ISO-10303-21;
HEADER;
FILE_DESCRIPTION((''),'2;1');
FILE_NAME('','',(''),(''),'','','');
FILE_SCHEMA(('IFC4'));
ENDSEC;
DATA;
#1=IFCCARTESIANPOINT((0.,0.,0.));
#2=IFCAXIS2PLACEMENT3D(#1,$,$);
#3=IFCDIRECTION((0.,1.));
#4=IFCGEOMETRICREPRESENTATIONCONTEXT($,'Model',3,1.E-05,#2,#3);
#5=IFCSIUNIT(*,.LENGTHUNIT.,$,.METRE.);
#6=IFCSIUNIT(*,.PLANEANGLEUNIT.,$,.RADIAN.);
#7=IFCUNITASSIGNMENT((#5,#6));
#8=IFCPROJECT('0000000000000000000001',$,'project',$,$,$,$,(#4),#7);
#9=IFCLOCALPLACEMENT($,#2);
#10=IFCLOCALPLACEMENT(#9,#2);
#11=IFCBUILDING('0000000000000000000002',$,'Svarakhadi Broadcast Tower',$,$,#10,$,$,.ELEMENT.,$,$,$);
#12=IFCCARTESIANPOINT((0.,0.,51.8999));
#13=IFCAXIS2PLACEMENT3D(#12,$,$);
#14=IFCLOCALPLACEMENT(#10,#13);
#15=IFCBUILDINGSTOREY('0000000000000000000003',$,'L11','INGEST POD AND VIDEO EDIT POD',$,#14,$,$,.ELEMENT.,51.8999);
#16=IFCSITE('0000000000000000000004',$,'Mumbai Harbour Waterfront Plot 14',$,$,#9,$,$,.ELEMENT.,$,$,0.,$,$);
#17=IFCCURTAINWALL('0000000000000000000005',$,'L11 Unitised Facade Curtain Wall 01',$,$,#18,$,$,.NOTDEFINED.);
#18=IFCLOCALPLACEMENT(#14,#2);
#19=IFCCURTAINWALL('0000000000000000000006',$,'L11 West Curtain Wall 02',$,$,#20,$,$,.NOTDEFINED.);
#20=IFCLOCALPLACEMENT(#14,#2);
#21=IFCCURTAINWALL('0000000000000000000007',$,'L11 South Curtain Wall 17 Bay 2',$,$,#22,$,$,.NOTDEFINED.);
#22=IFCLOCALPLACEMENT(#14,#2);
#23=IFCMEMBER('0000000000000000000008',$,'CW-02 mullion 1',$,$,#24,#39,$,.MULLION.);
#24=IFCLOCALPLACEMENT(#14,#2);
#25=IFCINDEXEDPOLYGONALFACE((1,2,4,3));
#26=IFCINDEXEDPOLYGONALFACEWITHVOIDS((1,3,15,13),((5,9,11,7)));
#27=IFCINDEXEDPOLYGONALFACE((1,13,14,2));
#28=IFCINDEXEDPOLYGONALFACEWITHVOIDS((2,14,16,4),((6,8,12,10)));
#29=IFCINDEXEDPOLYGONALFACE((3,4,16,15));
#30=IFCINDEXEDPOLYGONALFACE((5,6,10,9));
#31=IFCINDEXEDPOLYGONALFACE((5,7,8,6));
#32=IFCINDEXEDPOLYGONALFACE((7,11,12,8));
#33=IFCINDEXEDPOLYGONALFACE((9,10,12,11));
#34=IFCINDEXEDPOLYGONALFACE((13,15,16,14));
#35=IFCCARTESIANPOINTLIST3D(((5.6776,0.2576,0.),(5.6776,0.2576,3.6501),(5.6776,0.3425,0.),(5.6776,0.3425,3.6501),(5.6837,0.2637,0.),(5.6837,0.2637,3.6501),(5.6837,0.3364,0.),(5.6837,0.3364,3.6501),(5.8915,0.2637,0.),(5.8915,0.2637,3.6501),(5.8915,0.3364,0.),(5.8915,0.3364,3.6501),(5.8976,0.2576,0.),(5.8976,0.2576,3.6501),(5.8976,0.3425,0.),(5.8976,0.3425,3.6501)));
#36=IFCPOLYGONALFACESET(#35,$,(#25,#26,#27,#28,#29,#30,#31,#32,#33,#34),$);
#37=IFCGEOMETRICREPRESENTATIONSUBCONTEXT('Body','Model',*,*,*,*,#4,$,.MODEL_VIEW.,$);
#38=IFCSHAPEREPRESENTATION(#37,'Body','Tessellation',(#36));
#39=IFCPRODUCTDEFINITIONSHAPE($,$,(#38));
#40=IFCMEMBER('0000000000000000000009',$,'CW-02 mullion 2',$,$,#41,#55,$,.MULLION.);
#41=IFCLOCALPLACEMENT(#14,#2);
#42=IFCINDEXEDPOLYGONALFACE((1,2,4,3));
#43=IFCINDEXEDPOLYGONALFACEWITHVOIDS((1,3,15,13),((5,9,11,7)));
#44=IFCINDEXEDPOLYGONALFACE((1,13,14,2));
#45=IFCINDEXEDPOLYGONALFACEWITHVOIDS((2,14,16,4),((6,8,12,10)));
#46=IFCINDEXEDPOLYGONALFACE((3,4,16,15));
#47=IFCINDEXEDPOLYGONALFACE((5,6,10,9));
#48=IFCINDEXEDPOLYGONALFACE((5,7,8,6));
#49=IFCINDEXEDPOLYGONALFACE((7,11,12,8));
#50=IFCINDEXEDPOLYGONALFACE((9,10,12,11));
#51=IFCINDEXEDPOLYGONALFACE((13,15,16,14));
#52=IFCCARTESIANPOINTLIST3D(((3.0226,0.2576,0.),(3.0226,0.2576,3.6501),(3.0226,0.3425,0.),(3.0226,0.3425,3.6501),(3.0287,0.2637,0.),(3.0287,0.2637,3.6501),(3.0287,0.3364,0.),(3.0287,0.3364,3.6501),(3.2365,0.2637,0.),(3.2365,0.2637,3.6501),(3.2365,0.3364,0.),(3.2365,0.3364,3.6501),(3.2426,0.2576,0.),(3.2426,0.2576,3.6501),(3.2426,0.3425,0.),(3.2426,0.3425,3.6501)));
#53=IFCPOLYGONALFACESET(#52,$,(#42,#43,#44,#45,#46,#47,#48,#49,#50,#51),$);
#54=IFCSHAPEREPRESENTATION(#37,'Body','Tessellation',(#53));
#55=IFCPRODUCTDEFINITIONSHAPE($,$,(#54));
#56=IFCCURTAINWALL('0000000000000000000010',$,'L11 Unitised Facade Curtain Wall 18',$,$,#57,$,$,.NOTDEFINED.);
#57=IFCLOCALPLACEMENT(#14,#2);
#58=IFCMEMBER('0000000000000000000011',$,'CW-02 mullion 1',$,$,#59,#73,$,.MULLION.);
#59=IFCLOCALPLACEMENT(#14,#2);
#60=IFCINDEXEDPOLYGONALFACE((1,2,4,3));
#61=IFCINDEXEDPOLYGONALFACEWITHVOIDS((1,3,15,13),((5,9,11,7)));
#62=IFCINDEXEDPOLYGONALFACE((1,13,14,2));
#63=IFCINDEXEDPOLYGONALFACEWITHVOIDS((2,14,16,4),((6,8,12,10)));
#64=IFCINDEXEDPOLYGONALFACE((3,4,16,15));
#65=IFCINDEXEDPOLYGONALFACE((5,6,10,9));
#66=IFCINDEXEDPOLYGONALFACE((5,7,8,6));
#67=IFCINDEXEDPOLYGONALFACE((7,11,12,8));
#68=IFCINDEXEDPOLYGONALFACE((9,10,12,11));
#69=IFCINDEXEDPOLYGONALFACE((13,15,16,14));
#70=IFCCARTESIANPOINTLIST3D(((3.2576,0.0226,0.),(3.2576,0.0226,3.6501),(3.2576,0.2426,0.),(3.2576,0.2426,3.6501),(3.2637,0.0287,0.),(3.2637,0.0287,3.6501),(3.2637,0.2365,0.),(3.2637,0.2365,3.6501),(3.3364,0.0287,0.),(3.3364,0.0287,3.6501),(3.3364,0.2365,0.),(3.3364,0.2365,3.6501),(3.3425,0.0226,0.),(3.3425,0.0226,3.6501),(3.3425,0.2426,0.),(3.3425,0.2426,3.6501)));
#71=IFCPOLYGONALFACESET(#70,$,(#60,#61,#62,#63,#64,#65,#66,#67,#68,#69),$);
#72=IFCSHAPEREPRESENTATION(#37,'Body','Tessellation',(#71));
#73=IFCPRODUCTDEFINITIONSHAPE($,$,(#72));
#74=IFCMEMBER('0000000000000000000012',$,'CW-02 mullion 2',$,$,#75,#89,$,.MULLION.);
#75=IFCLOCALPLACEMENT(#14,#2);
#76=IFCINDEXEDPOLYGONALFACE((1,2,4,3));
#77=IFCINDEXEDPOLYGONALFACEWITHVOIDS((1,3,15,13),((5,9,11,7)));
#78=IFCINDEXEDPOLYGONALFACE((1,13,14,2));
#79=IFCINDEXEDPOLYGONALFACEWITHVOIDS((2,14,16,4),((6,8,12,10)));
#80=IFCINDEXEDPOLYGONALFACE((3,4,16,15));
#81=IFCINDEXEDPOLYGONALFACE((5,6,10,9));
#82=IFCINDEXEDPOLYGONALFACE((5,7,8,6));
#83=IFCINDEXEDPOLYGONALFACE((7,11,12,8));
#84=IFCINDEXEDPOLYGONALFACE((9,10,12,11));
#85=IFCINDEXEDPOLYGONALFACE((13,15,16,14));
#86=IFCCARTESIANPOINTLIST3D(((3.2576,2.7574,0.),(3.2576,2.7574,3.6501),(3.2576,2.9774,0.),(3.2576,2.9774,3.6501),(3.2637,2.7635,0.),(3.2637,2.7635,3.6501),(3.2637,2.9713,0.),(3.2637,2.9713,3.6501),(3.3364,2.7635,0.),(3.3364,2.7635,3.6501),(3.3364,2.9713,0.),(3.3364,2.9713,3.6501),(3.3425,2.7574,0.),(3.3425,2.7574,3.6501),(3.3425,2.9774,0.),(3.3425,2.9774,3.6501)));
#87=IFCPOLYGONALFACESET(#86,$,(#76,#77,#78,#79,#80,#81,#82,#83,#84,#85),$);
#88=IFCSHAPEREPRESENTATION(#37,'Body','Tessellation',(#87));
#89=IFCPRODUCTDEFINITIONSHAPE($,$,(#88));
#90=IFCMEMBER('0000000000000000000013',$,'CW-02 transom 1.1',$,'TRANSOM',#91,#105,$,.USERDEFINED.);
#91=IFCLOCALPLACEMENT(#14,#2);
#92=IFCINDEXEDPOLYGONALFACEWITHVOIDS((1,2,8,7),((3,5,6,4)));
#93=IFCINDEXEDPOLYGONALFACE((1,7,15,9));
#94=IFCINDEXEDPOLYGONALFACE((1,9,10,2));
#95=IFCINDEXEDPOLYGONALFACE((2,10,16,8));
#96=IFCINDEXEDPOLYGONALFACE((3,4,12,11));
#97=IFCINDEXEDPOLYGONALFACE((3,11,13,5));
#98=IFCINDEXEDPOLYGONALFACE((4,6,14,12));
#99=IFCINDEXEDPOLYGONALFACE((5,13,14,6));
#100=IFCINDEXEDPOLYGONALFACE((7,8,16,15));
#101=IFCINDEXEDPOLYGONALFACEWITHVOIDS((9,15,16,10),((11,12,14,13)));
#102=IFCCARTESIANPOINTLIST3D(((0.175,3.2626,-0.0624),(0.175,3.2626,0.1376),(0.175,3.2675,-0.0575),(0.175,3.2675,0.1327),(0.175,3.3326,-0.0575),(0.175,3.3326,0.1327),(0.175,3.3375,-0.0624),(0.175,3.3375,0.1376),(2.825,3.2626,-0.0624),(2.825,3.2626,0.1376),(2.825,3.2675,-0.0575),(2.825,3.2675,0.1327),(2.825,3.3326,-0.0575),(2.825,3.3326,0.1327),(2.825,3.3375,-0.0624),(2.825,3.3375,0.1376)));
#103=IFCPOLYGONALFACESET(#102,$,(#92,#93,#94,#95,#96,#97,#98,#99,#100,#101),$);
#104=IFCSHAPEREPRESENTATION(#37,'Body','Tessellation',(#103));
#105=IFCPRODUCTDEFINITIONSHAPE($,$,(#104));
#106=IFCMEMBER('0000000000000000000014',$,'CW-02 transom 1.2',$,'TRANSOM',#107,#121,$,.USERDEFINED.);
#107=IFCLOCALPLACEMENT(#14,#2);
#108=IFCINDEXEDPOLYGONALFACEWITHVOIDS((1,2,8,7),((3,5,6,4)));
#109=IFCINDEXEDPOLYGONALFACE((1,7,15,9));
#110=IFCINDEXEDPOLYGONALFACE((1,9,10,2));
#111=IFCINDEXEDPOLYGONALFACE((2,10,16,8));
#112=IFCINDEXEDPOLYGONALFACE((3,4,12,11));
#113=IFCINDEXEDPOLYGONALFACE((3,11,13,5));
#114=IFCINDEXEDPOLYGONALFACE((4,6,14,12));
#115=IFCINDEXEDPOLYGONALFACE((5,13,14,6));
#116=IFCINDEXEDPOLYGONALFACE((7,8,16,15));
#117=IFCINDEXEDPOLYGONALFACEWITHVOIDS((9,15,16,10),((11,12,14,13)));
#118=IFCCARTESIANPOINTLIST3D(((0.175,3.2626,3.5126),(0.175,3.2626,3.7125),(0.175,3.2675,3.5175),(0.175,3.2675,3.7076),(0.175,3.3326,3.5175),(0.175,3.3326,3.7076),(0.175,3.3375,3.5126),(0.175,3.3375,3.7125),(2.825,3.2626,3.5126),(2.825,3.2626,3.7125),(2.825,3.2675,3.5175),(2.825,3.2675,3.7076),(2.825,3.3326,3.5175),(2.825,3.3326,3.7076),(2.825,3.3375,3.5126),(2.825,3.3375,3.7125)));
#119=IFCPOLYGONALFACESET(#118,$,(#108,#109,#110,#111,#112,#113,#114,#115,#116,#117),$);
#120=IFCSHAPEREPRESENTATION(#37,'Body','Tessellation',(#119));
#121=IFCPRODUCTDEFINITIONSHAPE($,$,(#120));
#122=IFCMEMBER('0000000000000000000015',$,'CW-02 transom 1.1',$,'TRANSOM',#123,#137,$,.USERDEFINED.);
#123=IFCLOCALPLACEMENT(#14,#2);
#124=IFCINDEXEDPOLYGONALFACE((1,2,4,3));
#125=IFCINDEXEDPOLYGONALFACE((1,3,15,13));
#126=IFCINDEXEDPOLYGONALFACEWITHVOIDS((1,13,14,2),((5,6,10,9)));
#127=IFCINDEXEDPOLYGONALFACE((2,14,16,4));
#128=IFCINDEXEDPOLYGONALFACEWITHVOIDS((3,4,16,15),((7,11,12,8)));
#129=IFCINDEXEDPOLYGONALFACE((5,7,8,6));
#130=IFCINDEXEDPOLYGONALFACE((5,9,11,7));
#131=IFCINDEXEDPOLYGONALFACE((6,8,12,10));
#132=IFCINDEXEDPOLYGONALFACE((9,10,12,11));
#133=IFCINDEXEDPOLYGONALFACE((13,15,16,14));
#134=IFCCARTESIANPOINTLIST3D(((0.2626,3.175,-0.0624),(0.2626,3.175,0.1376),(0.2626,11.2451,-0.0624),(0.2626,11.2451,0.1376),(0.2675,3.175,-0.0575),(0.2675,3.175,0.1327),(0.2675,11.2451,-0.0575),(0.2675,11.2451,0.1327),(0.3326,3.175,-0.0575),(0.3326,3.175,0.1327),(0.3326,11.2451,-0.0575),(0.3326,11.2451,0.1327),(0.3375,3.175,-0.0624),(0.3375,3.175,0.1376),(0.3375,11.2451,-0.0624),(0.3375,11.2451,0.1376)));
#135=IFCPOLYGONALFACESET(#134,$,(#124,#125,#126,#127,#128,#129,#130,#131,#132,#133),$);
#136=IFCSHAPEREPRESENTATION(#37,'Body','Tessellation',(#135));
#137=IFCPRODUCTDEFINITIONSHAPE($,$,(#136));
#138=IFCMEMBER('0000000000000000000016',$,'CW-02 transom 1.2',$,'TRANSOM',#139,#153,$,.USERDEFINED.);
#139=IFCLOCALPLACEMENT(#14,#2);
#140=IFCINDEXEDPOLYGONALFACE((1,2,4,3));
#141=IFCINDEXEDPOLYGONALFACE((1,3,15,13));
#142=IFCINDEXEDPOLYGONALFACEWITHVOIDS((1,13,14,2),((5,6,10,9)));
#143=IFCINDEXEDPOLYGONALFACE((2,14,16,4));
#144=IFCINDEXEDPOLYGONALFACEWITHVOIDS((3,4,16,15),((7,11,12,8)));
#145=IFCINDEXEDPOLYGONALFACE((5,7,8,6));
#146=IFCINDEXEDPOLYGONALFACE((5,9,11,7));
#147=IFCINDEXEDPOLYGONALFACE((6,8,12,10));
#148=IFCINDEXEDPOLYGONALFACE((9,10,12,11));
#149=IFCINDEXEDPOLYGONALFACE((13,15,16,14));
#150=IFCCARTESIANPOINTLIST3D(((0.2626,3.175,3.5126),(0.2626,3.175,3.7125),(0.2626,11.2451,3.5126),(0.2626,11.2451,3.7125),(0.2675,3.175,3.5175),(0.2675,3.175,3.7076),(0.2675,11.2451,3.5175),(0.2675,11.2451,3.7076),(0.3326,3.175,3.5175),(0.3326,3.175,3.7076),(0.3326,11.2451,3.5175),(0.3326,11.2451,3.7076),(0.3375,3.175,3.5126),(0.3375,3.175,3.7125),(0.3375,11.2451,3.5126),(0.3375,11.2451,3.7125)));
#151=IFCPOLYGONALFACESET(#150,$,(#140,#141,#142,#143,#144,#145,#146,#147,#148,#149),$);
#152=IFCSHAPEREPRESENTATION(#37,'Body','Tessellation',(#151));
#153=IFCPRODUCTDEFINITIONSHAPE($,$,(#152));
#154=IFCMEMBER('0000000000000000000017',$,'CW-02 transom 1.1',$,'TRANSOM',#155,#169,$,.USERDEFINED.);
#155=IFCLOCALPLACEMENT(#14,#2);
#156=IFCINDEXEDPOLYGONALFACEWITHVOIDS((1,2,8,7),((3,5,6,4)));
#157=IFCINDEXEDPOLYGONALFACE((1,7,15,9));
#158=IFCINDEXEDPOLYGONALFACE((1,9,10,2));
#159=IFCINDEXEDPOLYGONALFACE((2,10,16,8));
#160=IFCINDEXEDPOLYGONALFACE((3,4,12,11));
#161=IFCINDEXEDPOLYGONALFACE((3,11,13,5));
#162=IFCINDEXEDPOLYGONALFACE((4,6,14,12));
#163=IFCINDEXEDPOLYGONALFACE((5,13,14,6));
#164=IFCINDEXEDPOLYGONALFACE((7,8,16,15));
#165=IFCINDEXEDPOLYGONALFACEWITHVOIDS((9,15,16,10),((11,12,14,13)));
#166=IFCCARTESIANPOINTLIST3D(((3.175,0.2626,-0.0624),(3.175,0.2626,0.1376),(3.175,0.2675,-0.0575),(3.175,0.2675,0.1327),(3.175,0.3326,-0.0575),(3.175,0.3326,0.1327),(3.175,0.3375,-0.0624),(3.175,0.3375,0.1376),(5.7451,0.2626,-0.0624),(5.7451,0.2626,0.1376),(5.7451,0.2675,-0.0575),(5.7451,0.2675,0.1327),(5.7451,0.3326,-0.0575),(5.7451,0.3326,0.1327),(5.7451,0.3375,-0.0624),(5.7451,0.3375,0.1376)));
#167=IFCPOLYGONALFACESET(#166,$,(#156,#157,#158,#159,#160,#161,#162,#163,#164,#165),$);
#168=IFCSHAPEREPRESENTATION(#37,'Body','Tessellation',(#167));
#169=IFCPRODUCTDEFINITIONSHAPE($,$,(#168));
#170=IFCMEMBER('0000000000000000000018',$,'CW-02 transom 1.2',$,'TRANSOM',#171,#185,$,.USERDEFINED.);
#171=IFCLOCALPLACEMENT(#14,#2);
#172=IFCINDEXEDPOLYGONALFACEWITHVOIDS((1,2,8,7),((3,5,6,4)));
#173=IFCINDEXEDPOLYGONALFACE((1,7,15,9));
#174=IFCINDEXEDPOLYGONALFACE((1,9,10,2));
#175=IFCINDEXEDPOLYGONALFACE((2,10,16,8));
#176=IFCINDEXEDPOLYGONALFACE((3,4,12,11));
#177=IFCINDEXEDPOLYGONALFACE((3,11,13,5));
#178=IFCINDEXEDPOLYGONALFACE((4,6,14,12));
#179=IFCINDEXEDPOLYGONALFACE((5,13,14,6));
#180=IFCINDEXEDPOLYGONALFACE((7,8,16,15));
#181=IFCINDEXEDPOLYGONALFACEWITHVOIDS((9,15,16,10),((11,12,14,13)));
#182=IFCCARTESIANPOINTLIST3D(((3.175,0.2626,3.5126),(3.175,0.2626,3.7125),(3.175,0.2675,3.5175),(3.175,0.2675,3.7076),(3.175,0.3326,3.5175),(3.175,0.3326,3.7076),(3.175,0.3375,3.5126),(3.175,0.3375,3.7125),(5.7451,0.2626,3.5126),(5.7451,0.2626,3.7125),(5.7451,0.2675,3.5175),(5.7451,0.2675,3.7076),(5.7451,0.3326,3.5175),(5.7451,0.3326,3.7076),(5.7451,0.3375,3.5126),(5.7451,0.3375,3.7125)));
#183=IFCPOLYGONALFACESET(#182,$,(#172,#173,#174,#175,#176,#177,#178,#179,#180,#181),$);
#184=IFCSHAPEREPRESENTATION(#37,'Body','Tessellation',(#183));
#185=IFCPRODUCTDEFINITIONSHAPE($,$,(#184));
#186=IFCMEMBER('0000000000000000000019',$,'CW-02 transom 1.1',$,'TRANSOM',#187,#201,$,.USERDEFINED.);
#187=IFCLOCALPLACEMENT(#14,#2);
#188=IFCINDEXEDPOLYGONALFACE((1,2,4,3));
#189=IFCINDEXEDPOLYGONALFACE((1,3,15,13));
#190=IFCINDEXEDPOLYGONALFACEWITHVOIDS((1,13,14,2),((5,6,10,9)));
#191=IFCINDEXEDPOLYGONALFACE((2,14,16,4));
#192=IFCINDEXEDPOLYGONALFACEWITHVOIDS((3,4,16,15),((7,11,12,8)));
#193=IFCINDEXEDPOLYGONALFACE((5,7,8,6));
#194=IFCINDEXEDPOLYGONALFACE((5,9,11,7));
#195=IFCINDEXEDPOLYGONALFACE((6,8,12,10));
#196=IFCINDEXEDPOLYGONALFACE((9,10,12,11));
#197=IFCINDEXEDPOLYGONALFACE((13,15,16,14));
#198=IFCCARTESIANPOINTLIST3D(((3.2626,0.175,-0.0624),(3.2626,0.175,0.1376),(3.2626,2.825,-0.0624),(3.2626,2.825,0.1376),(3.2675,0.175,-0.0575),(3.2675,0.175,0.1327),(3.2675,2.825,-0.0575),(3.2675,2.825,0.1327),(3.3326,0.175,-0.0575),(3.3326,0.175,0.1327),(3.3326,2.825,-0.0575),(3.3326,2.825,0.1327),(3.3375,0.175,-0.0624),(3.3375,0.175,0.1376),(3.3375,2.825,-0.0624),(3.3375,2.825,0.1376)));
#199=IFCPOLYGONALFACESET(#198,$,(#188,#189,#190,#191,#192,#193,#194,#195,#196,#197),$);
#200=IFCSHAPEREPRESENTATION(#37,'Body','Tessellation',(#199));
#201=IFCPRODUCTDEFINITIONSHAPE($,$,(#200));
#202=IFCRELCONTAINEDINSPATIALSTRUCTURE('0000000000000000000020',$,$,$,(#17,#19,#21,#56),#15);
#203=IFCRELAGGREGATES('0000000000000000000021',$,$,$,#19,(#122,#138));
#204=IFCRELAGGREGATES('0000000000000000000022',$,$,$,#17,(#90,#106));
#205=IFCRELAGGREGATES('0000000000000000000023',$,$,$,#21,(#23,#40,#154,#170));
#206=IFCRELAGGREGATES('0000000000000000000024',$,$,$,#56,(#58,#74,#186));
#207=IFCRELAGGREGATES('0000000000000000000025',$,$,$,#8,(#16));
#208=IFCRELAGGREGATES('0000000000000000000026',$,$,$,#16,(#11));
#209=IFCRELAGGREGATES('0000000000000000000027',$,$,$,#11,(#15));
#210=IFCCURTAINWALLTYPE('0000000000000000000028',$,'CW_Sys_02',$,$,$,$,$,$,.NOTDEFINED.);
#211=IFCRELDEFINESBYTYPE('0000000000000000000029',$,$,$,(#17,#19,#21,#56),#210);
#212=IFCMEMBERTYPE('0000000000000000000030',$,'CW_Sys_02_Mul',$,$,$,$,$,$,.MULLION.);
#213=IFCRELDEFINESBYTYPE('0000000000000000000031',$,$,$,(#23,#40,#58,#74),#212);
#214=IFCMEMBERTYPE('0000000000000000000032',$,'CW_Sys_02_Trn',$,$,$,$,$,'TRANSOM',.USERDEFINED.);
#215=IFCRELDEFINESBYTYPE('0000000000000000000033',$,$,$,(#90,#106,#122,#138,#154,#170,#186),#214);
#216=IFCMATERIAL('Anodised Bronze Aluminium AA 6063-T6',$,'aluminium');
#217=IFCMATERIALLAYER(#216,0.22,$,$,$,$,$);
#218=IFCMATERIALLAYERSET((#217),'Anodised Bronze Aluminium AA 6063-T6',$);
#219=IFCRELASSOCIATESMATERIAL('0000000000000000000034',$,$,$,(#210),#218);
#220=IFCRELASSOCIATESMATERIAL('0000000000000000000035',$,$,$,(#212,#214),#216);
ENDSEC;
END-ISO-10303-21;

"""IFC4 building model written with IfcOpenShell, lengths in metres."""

from ifc_helpers import new_model, si_unit, direction, frame, origin, origin_2d, place, context, subcontext, project, spatial, hollow_rectangle, extrude, material, layer, layer_set, material_profile, profile_set, type_object, element, aggregate, save


model = new_model("IFC4")

# Units and contexts
model_context = context("Model", 3, precision=1e-05, world=origin(), true_north=direction((0.0, 1.0)))
body_context = subcontext(model_context, "Body", "Model", "MODEL_VIEW")
ifc_project = project(units=[si_unit("LENGTHUNIT", "METRE"), si_unit("PLANEANGLEUNIT", "RADIAN")], contexts=[model_context])

# Site, building, storey
site_placement = place(None, origin())
site = spatial("IfcSite", under=ifc_project, at=site_placement, Name="Mumbai Harbour Waterfront Plot 14", CompositionType="ELEMENT", RefElevation=0.0)
building_placement = place(site_placement, origin())
building = spatial("IfcBuilding", under=site, at=building_placement, Name="Svarakhadi Broadcast Tower", CompositionType="ELEMENT")
storey_placement = place(building_placement, frame((0.0, 0.0, 51.8999)))
storey = spatial("IfcBuildingStorey", under=building, at=storey_placement, Name="L11", Description="INGEST POD AND VIDEO EDIT POD", CompositionType="ELEMENT", Elevation=51.8999)

# Curtain wall
ifc_material_1 = material(Name="Anodised Bronze Aluminium AA 6063-T6", Category="aluminium")
ifc_layer_1 = layer(ifc_material_1, 0.22)
ifc_layer_set_1 = layer_set([ifc_layer_1], Name="Anodised Bronze Aluminium AA 6063-T6")
curtain_wall_type = type_object("IfcCurtainWallType", Name="CW_Sys_02", PredefinedType="NOTDEFINED", material=ifc_layer_set_1)
curtain_wall_1_placement = place(storey_placement, origin())
curtain_wall_1 = element("IfcCurtainWall", 1, at=curtain_wall_1_placement, inside=storey, type_object=curtain_wall_type, Name="L11 Unitised Facade Curtain Wall 01", PredefinedType="NOTDEFINED")
ifc_material_profile_1 = material_profile(ifc_material_1, hollow_rectangle(XDim=0.085, YDim=0.22, WallThickness=0.0061, at=origin_2d()), Name="ALU MULLION 220x85x6")
ifc_profile_set_1 = profile_set([ifc_material_profile_1], Name="Anodised Bronze Aluminium AA 6063-T6")
member_type_1 = type_object("IfcMemberType", Name="CW_Sys_02_Mul", PredefinedType="MULLION", material=ifc_profile_set_1)

# Curtain wall
curtain_wall_2_placement = place(storey_placement, origin())
curtain_wall_2 = element("IfcCurtainWall", 2, at=curtain_wall_2_placement, inside=storey, type_object=curtain_wall_type, Name="L11 West Curtain Wall 02", PredefinedType="NOTDEFINED")

# Curtain walls, members
curtain_wall_3_placement = place(storey_placement, origin())
curtain_wall_3 = element("IfcCurtainWall", 3, at=curtain_wall_3_placement, inside=storey, type_object=curtain_wall_type, Name="L11 South Curtain Wall 17 Bay 2", PredefinedType="NOTDEFINED")
member_1_placement = place(storey_placement, frame((5.7876, 0.3, 0.0), z_axis=(0.0, 0.0, 1.0), x_axis=(0.0, -1.0, 0.0)))
member_1 = element("IfcMember", 4, at=member_1_placement, type_object=member_type_1, Name="CW-02 mullion 1", PredefinedType="MULLION", context=body_context, shape_type="SweptSolid", body=[
    extrude(hollow_rectangle(XDim=0.085, YDim=0.22, WallThickness=0.0061, at=origin_2d()), origin(), (0.0, 0.0, 1.0), 3.6501),
])
member_2_placement = place(storey_placement, frame((3.1326, 0.3, 0.0), z_axis=(0.0, 0.0, 1.0), x_axis=(0.0, -1.0, 0.0)))
member_2 = element("IfcMember", 5, at=member_2_placement, type_object=member_type_1, Name="CW-02 mullion 2", PredefinedType="MULLION", context=body_context, shape_type="SweptSolid", body=[
    extrude(hollow_rectangle(XDim=0.085, YDim=0.22, WallThickness=0.0061, at=origin_2d()), origin(), (0.0, 0.0, 1.0), 3.6501),
])
curtain_wall_4_placement = place(storey_placement, origin())
curtain_wall_4 = element("IfcCurtainWall", 6, at=curtain_wall_4_placement, inside=storey, type_object=curtain_wall_type, Name="L11 Unitised Facade Curtain Wall 18", PredefinedType="NOTDEFINED")
member_3_placement = place(storey_placement, frame((3.3, 0.1326, 0.0), z_axis=(0.0, 0.0, 1.0), x_axis=(-1.0, 0.0, 0.0)))
member_3 = element("IfcMember", 7, at=member_3_placement, type_object=member_type_1, Name="CW-02 mullion 1", PredefinedType="MULLION", context=body_context, shape_type="SweptSolid", body=[
    extrude(hollow_rectangle(XDim=0.085, YDim=0.22, WallThickness=0.0061, at=origin_2d()), origin(), (0.0, 0.0, 1.0), 3.6501),
])
member_4_placement = place(storey_placement, frame((3.3, 2.8674, 0.0), z_axis=(0.0, 0.0, 1.0), x_axis=(-1.0, 0.0, 0.0)))
member_4 = element("IfcMember", 8, at=member_4_placement, type_object=member_type_1, Name="CW-02 mullion 2", PredefinedType="MULLION", context=body_context, shape_type="SweptSolid", body=[
    extrude(hollow_rectangle(XDim=0.085, YDim=0.22, WallThickness=0.0061, at=origin_2d()), origin(), (0.0, 0.0, 1.0), 3.6501),
])

# Members
ifc_material_profile_2 = material_profile(ifc_material_1, hollow_rectangle(XDim=0.075, YDim=0.2, WallThickness=0.0049, at=origin_2d()), Name="ALU TRANSOM 200x75x5")
ifc_profile_set_2 = profile_set([ifc_material_profile_2], Name="Anodised Bronze Aluminium AA 6063-T6")
member_type_2 = type_object("IfcMemberType", Name="CW_Sys_02_Trn", ElementType="TRANSOM", PredefinedType="USERDEFINED", material=ifc_profile_set_2)
member_5_placement = place(storey_placement, frame((2.825, 3.3, 0.0376), z_axis=(-1.0, 0.0, 0.0), x_axis=(0.0, -1.0, 0.0)))
member_5 = element("IfcMember", 9, at=member_5_placement, type_object=member_type_2, Name="CW-02 transom 1.1", ObjectType="TRANSOM", PredefinedType="USERDEFINED", context=body_context, shape_type="SweptSolid", body=[
    extrude(hollow_rectangle(XDim=0.075, YDim=0.2, WallThickness=0.0049, at=origin_2d()), origin(), (0.0, 0.0, 1.0), 2.6499),
])
member_6_placement = place(storey_placement, frame((2.825, 3.3, 3.6125), z_axis=(-1.0, 0.0, 0.0), x_axis=(0.0, -1.0, 0.0)))
member_6 = element("IfcMember", 10, at=member_6_placement, type_object=member_type_2, Name="CW-02 transom 1.2", ObjectType="TRANSOM", PredefinedType="USERDEFINED", context=body_context, shape_type="SweptSolid", body=[
    extrude(hollow_rectangle(XDim=0.075, YDim=0.2, WallThickness=0.0049, at=origin_2d()), origin(), (0.0, 0.0, 1.0), 2.6499),
])
member_7_placement = place(storey_placement, frame((0.3, 3.175, 0.0376), z_axis=(0.0, 1.0, 0.0), x_axis=(-1.0, 0.0, 0.0)))
member_7 = element("IfcMember", 11, at=member_7_placement, type_object=member_type_2, Name="CW-02 transom 1.1", ObjectType="TRANSOM", PredefinedType="USERDEFINED", context=body_context, shape_type="SweptSolid", body=[
    extrude(hollow_rectangle(XDim=0.075, YDim=0.2, WallThickness=0.0049, at=origin_2d()), origin(), (0.0, 0.0, 1.0), 8.0701),
])
member_8_placement = place(storey_placement, frame((0.3, 3.175, 3.6125), z_axis=(0.0, 1.0, 0.0), x_axis=(-1.0, 0.0, 0.0)))
member_8 = element("IfcMember", 12, at=member_8_placement, type_object=member_type_2, Name="CW-02 transom 1.2", ObjectType="TRANSOM", PredefinedType="USERDEFINED", context=body_context, shape_type="SweptSolid", body=[
    extrude(hollow_rectangle(XDim=0.075, YDim=0.2, WallThickness=0.0049, at=origin_2d()), origin(), (0.0, 0.0, 1.0), 8.0701),
])
aggregate(curtain_wall_2, [member_7, member_8])
member_9_placement = place(storey_placement, frame((5.7451, 0.3, 0.0376), z_axis=(-1.0, 0.0, 0.0), x_axis=(0.0, -1.0, 0.0)))
member_9 = element("IfcMember", 13, at=member_9_placement, type_object=member_type_2, Name="CW-02 transom 1.1", ObjectType="TRANSOM", PredefinedType="USERDEFINED", context=body_context, shape_type="SweptSolid", body=[
    extrude(hollow_rectangle(XDim=0.075, YDim=0.2, WallThickness=0.0049, at=origin_2d()), origin(), (0.0, 0.0, 1.0), 2.5701),
])
member_10_placement = place(storey_placement, frame((5.7451, 0.3, 3.6125), z_axis=(-1.0, 0.0, 0.0), x_axis=(0.0, -1.0, 0.0)))
member_10 = element("IfcMember", 14, at=member_10_placement, type_object=member_type_2, Name="CW-02 transom 1.2", ObjectType="TRANSOM", PredefinedType="USERDEFINED", context=body_context, shape_type="SweptSolid", body=[
    extrude(hollow_rectangle(XDim=0.075, YDim=0.2, WallThickness=0.0049, at=origin_2d()), origin(), (0.0, 0.0, 1.0), 2.5701),
])
member_11_placement = place(storey_placement, frame((3.3, 0.175, 0.0376), z_axis=(0.0, 1.0, 0.0), x_axis=(-1.0, 0.0, 0.0)))
member_11 = element("IfcMember", 15, at=member_11_placement, type_object=member_type_2, Name="CW-02 transom 1.1", ObjectType="TRANSOM", PredefinedType="USERDEFINED", context=body_context, shape_type="SweptSolid", body=[
    extrude(hollow_rectangle(XDim=0.075, YDim=0.2, WallThickness=0.0049, at=origin_2d()), origin(), (0.0, 0.0, 1.0), 2.6499),
])

aggregate(curtain_wall_1, [member_5, member_6])
aggregate(curtain_wall_3, [member_1, member_2, member_9, member_10])
aggregate(curtain_wall_4, [member_3, member_4, member_11])

save(model, "model.ifc")
